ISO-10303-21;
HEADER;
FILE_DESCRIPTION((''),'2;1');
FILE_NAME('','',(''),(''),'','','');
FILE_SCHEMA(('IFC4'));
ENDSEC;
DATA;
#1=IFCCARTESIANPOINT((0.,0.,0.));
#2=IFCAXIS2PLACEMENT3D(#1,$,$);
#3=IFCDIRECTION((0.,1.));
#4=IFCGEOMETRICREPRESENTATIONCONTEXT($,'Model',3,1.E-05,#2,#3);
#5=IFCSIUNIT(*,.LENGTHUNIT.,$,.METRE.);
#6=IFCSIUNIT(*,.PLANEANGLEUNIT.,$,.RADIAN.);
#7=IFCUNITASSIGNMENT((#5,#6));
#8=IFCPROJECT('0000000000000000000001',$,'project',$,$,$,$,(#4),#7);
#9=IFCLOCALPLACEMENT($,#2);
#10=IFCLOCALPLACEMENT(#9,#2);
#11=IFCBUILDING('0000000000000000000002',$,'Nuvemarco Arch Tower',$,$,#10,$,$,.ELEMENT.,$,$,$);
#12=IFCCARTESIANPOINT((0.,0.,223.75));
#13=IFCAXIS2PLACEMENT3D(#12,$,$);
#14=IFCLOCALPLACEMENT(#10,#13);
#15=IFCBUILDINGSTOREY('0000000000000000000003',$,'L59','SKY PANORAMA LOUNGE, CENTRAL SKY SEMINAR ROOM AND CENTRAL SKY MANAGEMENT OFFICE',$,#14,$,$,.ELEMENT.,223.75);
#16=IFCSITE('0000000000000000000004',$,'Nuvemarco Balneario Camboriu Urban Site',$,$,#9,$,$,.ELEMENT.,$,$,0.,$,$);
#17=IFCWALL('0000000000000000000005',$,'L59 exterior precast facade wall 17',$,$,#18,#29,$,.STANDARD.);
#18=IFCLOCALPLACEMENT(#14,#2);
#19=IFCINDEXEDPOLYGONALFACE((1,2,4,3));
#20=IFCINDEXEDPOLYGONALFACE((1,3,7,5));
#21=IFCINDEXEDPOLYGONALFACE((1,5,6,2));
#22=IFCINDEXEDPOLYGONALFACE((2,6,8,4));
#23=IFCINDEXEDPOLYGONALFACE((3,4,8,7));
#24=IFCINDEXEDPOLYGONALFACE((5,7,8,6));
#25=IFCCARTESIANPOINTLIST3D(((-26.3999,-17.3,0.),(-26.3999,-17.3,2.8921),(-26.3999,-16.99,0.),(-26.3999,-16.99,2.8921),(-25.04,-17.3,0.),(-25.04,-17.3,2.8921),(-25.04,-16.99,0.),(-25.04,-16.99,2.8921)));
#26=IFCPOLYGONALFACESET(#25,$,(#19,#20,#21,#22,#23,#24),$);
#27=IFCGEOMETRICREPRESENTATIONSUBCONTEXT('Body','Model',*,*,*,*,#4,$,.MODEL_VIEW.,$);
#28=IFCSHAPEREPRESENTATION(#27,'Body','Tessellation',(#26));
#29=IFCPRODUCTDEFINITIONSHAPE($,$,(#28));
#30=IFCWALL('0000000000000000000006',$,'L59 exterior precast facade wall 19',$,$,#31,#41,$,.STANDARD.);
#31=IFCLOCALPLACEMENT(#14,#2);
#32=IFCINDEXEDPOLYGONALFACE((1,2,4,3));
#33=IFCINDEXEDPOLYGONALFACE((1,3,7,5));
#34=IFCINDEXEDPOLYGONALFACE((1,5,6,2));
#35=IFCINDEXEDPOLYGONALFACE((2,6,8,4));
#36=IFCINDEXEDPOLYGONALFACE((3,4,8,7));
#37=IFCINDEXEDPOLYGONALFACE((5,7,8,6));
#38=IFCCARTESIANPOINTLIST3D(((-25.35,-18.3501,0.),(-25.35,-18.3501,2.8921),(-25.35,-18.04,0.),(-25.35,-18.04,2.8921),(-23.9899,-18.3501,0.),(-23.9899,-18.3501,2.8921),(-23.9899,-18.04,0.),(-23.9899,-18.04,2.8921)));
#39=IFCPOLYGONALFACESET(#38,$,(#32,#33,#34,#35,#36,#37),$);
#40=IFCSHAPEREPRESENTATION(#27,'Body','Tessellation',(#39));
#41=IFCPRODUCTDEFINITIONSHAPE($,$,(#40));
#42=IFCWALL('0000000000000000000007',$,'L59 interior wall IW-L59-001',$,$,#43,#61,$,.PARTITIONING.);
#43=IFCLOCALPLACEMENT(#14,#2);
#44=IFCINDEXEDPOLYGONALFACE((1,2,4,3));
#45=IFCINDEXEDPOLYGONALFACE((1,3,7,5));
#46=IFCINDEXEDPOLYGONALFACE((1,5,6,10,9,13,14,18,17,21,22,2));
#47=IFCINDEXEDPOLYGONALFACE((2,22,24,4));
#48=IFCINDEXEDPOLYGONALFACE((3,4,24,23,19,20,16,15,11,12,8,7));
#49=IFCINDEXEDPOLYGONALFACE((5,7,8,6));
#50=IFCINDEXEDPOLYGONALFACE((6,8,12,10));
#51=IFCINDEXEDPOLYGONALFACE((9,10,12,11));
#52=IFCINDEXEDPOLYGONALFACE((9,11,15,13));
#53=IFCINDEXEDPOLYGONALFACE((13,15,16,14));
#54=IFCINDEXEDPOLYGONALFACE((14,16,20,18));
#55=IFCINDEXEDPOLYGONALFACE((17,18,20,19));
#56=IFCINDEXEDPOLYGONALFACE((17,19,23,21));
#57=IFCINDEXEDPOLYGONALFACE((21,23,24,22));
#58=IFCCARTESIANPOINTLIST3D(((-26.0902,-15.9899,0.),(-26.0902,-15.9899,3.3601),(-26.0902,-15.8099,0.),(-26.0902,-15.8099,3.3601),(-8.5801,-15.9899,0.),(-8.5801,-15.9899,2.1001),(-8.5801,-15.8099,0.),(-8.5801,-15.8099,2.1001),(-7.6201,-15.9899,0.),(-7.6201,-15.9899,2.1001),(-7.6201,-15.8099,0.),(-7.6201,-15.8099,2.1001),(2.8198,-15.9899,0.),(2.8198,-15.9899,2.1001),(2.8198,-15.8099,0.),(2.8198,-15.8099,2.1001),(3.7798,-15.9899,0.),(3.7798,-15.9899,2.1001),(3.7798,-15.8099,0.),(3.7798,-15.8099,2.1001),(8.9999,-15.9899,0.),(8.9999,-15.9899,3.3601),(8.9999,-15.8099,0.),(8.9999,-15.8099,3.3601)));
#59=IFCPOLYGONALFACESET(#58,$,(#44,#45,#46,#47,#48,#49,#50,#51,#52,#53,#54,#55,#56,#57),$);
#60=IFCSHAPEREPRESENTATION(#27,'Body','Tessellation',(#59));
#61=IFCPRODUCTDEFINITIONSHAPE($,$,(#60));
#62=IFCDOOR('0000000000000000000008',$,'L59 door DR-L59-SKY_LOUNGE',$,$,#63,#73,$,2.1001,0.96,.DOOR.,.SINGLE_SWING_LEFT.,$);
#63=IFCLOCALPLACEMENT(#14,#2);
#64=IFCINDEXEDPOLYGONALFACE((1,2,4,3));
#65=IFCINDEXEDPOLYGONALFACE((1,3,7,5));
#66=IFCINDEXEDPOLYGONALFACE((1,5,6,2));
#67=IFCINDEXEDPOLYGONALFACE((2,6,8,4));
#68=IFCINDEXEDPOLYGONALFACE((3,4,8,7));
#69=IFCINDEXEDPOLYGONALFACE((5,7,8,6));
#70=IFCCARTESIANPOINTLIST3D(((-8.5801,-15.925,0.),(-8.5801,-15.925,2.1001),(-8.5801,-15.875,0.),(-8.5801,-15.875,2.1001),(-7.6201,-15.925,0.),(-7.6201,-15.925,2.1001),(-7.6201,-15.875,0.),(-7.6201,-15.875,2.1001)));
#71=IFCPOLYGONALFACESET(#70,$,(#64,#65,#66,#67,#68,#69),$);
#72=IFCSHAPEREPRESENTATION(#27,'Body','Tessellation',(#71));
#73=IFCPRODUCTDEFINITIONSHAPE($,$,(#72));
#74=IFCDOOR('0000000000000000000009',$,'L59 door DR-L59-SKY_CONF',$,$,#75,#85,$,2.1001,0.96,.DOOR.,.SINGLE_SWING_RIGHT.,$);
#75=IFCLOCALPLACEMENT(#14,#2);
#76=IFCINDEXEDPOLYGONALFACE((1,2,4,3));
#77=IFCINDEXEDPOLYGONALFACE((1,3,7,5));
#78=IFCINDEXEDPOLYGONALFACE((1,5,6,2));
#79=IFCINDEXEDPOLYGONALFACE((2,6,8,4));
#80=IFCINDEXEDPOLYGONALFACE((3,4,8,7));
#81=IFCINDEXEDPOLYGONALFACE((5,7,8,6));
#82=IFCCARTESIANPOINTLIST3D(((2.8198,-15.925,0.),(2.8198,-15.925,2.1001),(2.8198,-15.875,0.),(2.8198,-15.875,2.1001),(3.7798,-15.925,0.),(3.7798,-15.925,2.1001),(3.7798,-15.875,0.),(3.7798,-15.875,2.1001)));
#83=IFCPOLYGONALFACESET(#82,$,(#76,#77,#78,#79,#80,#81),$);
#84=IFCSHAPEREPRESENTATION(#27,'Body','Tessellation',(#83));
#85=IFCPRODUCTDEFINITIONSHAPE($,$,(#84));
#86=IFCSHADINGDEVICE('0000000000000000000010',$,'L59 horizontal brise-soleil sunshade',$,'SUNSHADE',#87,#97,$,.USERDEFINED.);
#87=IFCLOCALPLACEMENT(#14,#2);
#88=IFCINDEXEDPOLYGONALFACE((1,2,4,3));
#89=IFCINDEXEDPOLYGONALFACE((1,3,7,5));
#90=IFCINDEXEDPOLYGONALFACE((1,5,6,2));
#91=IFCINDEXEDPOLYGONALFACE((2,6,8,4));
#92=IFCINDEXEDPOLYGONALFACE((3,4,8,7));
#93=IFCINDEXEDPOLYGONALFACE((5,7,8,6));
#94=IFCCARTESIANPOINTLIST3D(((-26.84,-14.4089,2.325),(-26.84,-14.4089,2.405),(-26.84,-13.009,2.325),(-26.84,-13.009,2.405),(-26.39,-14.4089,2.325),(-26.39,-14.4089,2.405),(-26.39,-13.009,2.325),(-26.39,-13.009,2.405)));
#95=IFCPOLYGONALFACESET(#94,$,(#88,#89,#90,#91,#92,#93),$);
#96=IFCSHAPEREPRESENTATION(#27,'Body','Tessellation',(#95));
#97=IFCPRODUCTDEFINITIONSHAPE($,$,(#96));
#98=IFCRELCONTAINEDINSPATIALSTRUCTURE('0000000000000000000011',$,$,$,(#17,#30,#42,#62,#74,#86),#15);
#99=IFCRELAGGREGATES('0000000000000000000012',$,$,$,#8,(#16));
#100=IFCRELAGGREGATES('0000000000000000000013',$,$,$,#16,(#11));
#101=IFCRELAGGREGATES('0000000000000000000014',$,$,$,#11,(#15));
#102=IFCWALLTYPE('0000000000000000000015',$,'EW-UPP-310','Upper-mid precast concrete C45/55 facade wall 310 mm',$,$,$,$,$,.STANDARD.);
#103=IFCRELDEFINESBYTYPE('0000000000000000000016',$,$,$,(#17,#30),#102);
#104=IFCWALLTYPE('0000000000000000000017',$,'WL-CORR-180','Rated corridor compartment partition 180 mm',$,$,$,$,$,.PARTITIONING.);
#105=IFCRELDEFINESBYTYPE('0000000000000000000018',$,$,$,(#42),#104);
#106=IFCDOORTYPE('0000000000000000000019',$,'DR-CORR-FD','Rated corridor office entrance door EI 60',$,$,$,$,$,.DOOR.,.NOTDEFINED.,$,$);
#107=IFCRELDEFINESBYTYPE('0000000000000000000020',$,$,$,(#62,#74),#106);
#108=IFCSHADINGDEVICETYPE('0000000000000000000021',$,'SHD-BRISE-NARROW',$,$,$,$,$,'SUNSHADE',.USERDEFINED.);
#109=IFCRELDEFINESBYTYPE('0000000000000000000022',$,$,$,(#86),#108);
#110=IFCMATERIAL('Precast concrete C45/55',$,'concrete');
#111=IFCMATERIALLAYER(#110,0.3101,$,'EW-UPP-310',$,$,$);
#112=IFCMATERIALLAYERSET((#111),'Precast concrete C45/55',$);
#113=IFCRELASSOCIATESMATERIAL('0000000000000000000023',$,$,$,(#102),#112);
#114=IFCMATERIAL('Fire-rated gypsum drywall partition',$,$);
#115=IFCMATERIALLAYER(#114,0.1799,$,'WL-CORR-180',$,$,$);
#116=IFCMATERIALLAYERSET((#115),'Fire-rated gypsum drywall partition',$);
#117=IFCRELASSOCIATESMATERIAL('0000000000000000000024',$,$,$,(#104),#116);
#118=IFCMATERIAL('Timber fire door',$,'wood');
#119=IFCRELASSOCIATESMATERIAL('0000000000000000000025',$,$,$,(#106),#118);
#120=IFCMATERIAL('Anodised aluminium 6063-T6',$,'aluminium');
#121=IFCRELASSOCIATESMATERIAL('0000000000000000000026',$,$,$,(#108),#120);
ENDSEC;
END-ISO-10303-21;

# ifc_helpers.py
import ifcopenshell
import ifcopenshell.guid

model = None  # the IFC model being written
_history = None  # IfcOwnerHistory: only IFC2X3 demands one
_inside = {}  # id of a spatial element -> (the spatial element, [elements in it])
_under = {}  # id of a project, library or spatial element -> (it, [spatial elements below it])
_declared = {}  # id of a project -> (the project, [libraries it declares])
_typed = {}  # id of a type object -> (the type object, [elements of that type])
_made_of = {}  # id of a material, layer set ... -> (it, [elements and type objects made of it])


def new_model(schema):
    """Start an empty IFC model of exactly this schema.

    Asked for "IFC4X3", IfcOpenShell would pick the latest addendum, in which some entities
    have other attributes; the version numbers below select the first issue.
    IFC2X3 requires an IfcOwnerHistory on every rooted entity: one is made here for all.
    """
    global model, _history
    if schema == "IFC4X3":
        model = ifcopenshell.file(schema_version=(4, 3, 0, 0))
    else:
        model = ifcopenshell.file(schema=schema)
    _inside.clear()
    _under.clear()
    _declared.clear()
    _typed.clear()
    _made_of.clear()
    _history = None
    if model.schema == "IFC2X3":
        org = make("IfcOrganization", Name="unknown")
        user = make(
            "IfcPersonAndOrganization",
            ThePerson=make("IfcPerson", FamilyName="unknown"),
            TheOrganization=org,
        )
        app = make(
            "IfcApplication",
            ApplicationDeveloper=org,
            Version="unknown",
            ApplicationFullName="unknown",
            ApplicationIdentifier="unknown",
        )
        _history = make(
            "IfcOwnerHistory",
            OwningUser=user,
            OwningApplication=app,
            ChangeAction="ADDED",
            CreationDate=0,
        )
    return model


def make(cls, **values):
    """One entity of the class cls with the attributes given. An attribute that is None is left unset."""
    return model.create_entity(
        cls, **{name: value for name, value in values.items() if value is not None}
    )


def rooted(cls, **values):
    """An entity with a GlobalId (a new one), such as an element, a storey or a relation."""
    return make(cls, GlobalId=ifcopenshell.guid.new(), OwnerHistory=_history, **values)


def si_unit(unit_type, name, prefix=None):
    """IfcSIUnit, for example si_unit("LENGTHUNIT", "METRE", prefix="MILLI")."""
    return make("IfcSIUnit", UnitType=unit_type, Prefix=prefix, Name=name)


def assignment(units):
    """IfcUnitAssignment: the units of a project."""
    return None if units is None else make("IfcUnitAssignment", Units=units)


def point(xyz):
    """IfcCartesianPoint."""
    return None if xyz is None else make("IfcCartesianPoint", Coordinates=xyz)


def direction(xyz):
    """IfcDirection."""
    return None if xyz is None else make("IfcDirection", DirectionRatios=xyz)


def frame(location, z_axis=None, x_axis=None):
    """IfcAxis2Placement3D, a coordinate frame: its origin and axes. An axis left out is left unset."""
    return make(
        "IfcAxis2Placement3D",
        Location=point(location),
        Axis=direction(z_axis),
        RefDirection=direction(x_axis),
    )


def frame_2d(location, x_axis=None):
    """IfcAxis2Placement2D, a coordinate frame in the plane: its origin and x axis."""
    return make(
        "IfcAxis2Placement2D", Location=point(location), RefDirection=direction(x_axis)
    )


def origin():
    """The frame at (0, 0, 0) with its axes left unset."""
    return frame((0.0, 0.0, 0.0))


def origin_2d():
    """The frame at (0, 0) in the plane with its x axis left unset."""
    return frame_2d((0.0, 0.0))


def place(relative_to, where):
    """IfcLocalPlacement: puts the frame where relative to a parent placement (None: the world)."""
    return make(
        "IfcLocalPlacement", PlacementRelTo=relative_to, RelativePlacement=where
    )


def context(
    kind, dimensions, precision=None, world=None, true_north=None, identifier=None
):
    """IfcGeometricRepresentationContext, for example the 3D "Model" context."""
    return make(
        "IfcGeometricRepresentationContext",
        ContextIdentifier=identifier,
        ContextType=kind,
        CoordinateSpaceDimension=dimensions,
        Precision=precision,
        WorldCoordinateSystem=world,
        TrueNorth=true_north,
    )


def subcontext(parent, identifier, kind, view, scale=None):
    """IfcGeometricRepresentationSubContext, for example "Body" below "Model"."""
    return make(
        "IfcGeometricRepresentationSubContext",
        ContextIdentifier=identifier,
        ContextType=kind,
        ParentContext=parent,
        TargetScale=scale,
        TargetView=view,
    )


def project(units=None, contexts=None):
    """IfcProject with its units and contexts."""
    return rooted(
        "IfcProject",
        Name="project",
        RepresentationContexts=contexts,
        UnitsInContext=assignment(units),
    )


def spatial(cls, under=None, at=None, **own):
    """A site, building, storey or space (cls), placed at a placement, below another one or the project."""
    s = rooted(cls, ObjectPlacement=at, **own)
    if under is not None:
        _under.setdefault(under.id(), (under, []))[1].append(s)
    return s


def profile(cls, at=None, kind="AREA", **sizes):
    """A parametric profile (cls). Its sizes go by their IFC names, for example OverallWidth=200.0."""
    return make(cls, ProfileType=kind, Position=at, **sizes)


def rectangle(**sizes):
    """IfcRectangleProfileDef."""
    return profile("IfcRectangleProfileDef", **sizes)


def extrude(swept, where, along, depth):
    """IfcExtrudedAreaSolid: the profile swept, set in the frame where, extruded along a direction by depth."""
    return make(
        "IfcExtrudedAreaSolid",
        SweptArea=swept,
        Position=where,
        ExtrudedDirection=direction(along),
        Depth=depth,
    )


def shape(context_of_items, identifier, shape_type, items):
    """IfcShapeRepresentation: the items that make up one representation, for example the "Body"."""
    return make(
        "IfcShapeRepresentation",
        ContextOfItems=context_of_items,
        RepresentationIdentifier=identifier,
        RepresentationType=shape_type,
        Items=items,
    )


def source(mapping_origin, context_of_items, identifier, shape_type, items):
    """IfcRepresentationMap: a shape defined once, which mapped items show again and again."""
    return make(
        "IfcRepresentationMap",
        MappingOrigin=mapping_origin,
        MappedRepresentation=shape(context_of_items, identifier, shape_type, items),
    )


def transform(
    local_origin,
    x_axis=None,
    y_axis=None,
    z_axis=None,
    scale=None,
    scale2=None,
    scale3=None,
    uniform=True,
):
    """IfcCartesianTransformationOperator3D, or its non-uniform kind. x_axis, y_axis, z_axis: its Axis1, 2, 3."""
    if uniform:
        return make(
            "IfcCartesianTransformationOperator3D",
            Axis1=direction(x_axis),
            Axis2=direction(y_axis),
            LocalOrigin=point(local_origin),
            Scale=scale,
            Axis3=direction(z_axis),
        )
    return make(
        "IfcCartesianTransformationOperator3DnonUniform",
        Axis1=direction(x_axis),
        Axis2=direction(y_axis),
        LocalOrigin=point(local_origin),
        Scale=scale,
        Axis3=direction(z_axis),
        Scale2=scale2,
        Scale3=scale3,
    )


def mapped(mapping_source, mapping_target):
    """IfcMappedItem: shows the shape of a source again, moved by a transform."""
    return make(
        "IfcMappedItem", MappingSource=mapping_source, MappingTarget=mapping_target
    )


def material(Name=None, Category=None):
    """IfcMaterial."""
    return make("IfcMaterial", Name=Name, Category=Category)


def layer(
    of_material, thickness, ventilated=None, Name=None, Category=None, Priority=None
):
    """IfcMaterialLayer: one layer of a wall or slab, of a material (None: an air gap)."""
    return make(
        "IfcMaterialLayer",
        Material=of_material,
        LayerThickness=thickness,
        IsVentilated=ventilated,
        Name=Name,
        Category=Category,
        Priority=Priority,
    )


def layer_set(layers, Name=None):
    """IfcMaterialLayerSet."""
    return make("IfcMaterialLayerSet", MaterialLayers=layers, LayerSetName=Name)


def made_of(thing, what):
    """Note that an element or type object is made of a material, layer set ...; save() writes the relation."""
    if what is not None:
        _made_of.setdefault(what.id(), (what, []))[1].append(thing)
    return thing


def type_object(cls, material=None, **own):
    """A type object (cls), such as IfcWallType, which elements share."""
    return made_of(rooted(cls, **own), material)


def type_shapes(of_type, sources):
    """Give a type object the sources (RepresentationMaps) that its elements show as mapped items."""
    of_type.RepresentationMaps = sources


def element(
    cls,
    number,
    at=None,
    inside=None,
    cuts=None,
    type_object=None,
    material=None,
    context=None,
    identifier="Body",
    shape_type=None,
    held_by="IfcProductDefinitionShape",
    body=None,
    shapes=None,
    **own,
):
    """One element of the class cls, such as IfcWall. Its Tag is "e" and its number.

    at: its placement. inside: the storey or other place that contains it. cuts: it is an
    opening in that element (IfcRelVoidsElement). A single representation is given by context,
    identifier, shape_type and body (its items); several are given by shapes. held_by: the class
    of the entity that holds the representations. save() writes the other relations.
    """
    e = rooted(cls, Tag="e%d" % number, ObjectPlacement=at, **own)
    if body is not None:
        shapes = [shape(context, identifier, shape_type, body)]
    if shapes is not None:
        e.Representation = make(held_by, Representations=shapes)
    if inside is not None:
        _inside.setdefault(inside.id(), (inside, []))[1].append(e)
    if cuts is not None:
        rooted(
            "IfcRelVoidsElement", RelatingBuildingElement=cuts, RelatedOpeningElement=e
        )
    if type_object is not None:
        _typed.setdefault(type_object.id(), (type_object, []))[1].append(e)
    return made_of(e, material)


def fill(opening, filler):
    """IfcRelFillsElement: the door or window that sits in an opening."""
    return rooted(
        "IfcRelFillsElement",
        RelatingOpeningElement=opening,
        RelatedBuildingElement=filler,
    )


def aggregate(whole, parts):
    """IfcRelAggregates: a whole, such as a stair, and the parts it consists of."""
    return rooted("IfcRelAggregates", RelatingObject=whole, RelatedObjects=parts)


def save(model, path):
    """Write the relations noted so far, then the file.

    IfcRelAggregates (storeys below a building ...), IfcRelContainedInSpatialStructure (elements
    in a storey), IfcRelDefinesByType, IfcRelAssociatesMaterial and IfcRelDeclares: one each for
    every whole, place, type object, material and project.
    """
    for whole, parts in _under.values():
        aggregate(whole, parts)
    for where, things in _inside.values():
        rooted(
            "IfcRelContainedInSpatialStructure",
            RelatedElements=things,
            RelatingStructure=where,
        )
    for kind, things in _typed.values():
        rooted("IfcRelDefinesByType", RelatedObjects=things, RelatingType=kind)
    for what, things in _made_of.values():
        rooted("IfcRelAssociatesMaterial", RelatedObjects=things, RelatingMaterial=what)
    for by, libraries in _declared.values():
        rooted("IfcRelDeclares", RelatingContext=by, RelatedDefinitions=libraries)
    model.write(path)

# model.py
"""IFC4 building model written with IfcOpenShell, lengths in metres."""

from ifc_helpers import new_model, si_unit, direction, frame, frame_2d, origin, origin_2d, place, context, subcontext, project, spatial, rectangle, extrude, source, transform, mapped, material, layer, layer_set, type_object, type_shapes, element, fill, save


model = new_model("IFC4")

# Units and contexts
model_context = context("Model", 3, precision=1e-05, world=origin(), true_north=direction((0.0, 1.0)))
body_context = subcontext(model_context, "Body", "Model", "MODEL_VIEW")
ifc_project = project(units=[si_unit("LENGTHUNIT", "METRE"), si_unit("PLANEANGLEUNIT", "RADIAN")], contexts=[model_context])

# Site, building, storey
site_placement = place(None, origin())
site = spatial("IfcSite", under=ifc_project, at=site_placement, Name="Nuvemarco Balneario Camboriu Urban Site", CompositionType="ELEMENT", RefElevation=0.0)
building_placement = place(site_placement, origin())
building = spatial("IfcBuilding", under=site, at=building_placement, Name="Nuvemarco Arch Tower", CompositionType="ELEMENT")
storey_placement = place(building_placement, frame((0.0, 0.0, 223.75)))
storey = spatial("IfcBuildingStorey", under=building, at=storey_placement, Name="L59", Description="SKY PANORAMA LOUNGE, CENTRAL SKY SEMINAR ROOM AND CENTRAL SKY MANAGEMENT OFFICE", CompositionType="ELEMENT", Elevation=223.75)

# Shared definitions
ifc_material_1 = material(Name="Precast concrete C45/55", Category="concrete")

# Shared definitions
ifc_layer_1 = layer(ifc_material_1, 0.3101, Name="EW-UPP-310")
ifc_layer_set_1 = layer_set([ifc_layer_1], Name="Precast concrete C45/55")
wall_type_1 = type_object("IfcWallType", Name="EW-UPP-310", Description="Upper-mid precast concrete C45/55 facade wall 310 mm", PredefinedType="STANDARD", material=ifc_layer_set_1)

# Walls
wall_1_placement = place(storey_placement, frame((-26.3999, -17.145, 0.0), z_axis=(0.0, 0.0, 1.0), x_axis=(1.0, 0.0, 0.0)))
element("IfcWall", 1, at=wall_1_placement, inside=storey, type_object=wall_type_1, Name="L59 exterior precast facade wall 17", PredefinedType="STANDARD", context=body_context, shape_type="SweptSolid", body=[
    extrude(rectangle(XDim=1.3599, YDim=0.3101, at=frame_2d((0.6799, 0.0))), origin(), (0.0, 0.0, 1.0), 2.8921),
])
wall_2_placement = place(storey_placement, frame((-25.3501, -18.1951, 0.0), z_axis=(0.0, 0.0, 1.0), x_axis=(1.0, 0.0, 0.0)))
element("IfcWall", 2, at=wall_2_placement, inside=storey, type_object=wall_type_1, Name="L59 exterior precast facade wall 19", PredefinedType="STANDARD", context=body_context, shape_type="SweptSolid", body=[
    extrude(rectangle(XDim=1.3601, YDim=0.3101, at=frame_2d((0.6802, 0.0))), origin(), (0.0, 0.0, 1.0), 2.8921),
])

# Wall, openings, doors
ifc_material_2 = material(Name="Fire-rated gypsum drywall partition")
ifc_layer_2 = layer(ifc_material_2, 0.1799, Name="WL-CORR-180")
ifc_layer_set_2 = layer_set([ifc_layer_2], Name="Fire-rated gypsum drywall partition")
wall_type_2 = type_object("IfcWallType", Name="WL-CORR-180", Description="Rated corridor compartment partition 180 mm", PredefinedType="PARTITIONING", material=ifc_layer_set_2)
wall_3_placement = place(storey_placement, frame((-26.0901, -15.8999, 0.0), z_axis=(0.0, 0.0, 1.0), x_axis=(1.0, 0.0, 0.0)))
wall_3 = element("IfcWall", 3, at=wall_3_placement, inside=storey, type_object=wall_type_2, Name="L59 interior wall IW-L59-001", PredefinedType="PARTITIONING", context=body_context, shape_type="SweptSolid", body=[
    extrude(rectangle(XDim=35.0901, YDim=0.1799, at=frame_2d((17.5449, 0.0))), origin(), (0.0, 0.0, 1.0), 3.3601),
])
opening_1_placement = place(wall_3_placement, frame((17.51, 0.0, 0.0)))
opening_1 = element("IfcOpeningElement", 4, at=opening_1_placement, cuts=wall_3, PredefinedType="OPENING", context=body_context, shape_type="SweptSolid", body=[
    extrude(rectangle(XDim=0.96, YDim=2.1001, at=frame_2d((0.48, 1.05))), frame((0.0, 0.0999, 0.0), z_axis=(0.0, -1.0, 0.0), x_axis=(1.0, 0.0, 0.0)), (0.0, 0.0, 1.0), 0.2),
])
opening_2_placement = place(wall_3_placement, frame((28.9099, 0.0, 0.0)))
opening_2 = element("IfcOpeningElement", 5, at=opening_2_placement, cuts=wall_3, PredefinedType="OPENING", context=body_context, shape_type="SweptSolid", body=[
    extrude(rectangle(XDim=0.96, YDim=2.1001, at=frame_2d((0.48, 1.05))), frame((0.0, 0.0999, 0.0), z_axis=(0.0, -1.0, 0.0), x_axis=(1.0, 0.0, 0.0)), (0.0, 0.0, 1.0), 0.2),
])
ifc_material_3 = material(Name="Timber fire door", Category="wood")
door_type_1 = type_object("IfcDoorType", Name="DR-CORR-FD", Description="Rated corridor office entrance door EI 60", OperationType="NOTDEFINED", PredefinedType="DOOR", material=ifc_material_3)
shared_shape_1 = source(origin(), body_context, "Body", "SweptSolid", [
    extrude(rectangle(XDim=0.96, YDim=2.1001, at=frame_2d((0.48, 1.05))), frame((0.0, 0.0249, 0.0), z_axis=(0.0, -1.0, 0.0), x_axis=(1.0, 0.0, 0.0)), (0.0, 0.0, 1.0), 0.05),
])
type_shapes(door_type_1, [shared_shape_1])
door_1_placement = place(opening_1_placement, origin())
door_1 = element("IfcDoor", 6, at=door_1_placement, inside=storey, type_object=door_type_1, Name="L59 door DR-L59-SKY_LOUNGE", OperationType="SINGLE_SWING_LEFT", OverallHeight=2.1001, OverallWidth=0.96, PredefinedType="DOOR", context=body_context, shape_type="MappedRepresentation", body=[
    mapped(shared_shape_1, transform((0.0, 0.0, 0.0), scale=1.0)),
])
fill(opening_1, door_1)
door_2_placement = place(opening_2_placement, origin())
door_2 = element("IfcDoor", 7, at=door_2_placement, inside=storey, type_object=door_type_1, Name="L59 door DR-L59-SKY_CONF", OperationType="SINGLE_SWING_RIGHT", OverallHeight=2.1001, OverallWidth=0.96, PredefinedType="DOOR", context=body_context, shape_type="MappedRepresentation", body=[
    mapped(shared_shape_1, transform((0.0, 0.0, 0.0), scale=1.0)),
])
fill(opening_2, door_2)

# Shading device
ifc_material_4 = material(Name="Anodised aluminium 6063-T6", Category="aluminium")
shading_device_type = type_object("IfcShadingDeviceType", Name="SHD-BRISE-NARROW", ElementType="SUNSHADE", PredefinedType="USERDEFINED", material=ifc_material_4)
shared_shape_2 = source(origin(), body_context, "Body", "SweptSolid", [
    extrude(rectangle(XDim=1.3999, YDim=0.45, at=origin_2d()), origin(), (0.0, 0.0, 1.0), 0.0801),
])
type_shapes(shading_device_type, [shared_shape_2])
shading_device_placement = place(storey_placement, frame((-26.615, -13.709, 2.325), z_axis=(0.0, 0.0, 1.0), x_axis=(0.0, 1.0, 0.0)))
element("IfcShadingDevice", 8, at=shading_device_placement, inside=storey, type_object=shading_device_type, Name="L59 horizontal brise-soleil sunshade", ObjectType="SUNSHADE", PredefinedType="USERDEFINED", context=body_context, shape_type="MappedRepresentation", body=[
    mapped(shared_shape_2, transform((0.0, 0.0, 0.0), scale=1.0)),
])

save(model, "model.ifc")
